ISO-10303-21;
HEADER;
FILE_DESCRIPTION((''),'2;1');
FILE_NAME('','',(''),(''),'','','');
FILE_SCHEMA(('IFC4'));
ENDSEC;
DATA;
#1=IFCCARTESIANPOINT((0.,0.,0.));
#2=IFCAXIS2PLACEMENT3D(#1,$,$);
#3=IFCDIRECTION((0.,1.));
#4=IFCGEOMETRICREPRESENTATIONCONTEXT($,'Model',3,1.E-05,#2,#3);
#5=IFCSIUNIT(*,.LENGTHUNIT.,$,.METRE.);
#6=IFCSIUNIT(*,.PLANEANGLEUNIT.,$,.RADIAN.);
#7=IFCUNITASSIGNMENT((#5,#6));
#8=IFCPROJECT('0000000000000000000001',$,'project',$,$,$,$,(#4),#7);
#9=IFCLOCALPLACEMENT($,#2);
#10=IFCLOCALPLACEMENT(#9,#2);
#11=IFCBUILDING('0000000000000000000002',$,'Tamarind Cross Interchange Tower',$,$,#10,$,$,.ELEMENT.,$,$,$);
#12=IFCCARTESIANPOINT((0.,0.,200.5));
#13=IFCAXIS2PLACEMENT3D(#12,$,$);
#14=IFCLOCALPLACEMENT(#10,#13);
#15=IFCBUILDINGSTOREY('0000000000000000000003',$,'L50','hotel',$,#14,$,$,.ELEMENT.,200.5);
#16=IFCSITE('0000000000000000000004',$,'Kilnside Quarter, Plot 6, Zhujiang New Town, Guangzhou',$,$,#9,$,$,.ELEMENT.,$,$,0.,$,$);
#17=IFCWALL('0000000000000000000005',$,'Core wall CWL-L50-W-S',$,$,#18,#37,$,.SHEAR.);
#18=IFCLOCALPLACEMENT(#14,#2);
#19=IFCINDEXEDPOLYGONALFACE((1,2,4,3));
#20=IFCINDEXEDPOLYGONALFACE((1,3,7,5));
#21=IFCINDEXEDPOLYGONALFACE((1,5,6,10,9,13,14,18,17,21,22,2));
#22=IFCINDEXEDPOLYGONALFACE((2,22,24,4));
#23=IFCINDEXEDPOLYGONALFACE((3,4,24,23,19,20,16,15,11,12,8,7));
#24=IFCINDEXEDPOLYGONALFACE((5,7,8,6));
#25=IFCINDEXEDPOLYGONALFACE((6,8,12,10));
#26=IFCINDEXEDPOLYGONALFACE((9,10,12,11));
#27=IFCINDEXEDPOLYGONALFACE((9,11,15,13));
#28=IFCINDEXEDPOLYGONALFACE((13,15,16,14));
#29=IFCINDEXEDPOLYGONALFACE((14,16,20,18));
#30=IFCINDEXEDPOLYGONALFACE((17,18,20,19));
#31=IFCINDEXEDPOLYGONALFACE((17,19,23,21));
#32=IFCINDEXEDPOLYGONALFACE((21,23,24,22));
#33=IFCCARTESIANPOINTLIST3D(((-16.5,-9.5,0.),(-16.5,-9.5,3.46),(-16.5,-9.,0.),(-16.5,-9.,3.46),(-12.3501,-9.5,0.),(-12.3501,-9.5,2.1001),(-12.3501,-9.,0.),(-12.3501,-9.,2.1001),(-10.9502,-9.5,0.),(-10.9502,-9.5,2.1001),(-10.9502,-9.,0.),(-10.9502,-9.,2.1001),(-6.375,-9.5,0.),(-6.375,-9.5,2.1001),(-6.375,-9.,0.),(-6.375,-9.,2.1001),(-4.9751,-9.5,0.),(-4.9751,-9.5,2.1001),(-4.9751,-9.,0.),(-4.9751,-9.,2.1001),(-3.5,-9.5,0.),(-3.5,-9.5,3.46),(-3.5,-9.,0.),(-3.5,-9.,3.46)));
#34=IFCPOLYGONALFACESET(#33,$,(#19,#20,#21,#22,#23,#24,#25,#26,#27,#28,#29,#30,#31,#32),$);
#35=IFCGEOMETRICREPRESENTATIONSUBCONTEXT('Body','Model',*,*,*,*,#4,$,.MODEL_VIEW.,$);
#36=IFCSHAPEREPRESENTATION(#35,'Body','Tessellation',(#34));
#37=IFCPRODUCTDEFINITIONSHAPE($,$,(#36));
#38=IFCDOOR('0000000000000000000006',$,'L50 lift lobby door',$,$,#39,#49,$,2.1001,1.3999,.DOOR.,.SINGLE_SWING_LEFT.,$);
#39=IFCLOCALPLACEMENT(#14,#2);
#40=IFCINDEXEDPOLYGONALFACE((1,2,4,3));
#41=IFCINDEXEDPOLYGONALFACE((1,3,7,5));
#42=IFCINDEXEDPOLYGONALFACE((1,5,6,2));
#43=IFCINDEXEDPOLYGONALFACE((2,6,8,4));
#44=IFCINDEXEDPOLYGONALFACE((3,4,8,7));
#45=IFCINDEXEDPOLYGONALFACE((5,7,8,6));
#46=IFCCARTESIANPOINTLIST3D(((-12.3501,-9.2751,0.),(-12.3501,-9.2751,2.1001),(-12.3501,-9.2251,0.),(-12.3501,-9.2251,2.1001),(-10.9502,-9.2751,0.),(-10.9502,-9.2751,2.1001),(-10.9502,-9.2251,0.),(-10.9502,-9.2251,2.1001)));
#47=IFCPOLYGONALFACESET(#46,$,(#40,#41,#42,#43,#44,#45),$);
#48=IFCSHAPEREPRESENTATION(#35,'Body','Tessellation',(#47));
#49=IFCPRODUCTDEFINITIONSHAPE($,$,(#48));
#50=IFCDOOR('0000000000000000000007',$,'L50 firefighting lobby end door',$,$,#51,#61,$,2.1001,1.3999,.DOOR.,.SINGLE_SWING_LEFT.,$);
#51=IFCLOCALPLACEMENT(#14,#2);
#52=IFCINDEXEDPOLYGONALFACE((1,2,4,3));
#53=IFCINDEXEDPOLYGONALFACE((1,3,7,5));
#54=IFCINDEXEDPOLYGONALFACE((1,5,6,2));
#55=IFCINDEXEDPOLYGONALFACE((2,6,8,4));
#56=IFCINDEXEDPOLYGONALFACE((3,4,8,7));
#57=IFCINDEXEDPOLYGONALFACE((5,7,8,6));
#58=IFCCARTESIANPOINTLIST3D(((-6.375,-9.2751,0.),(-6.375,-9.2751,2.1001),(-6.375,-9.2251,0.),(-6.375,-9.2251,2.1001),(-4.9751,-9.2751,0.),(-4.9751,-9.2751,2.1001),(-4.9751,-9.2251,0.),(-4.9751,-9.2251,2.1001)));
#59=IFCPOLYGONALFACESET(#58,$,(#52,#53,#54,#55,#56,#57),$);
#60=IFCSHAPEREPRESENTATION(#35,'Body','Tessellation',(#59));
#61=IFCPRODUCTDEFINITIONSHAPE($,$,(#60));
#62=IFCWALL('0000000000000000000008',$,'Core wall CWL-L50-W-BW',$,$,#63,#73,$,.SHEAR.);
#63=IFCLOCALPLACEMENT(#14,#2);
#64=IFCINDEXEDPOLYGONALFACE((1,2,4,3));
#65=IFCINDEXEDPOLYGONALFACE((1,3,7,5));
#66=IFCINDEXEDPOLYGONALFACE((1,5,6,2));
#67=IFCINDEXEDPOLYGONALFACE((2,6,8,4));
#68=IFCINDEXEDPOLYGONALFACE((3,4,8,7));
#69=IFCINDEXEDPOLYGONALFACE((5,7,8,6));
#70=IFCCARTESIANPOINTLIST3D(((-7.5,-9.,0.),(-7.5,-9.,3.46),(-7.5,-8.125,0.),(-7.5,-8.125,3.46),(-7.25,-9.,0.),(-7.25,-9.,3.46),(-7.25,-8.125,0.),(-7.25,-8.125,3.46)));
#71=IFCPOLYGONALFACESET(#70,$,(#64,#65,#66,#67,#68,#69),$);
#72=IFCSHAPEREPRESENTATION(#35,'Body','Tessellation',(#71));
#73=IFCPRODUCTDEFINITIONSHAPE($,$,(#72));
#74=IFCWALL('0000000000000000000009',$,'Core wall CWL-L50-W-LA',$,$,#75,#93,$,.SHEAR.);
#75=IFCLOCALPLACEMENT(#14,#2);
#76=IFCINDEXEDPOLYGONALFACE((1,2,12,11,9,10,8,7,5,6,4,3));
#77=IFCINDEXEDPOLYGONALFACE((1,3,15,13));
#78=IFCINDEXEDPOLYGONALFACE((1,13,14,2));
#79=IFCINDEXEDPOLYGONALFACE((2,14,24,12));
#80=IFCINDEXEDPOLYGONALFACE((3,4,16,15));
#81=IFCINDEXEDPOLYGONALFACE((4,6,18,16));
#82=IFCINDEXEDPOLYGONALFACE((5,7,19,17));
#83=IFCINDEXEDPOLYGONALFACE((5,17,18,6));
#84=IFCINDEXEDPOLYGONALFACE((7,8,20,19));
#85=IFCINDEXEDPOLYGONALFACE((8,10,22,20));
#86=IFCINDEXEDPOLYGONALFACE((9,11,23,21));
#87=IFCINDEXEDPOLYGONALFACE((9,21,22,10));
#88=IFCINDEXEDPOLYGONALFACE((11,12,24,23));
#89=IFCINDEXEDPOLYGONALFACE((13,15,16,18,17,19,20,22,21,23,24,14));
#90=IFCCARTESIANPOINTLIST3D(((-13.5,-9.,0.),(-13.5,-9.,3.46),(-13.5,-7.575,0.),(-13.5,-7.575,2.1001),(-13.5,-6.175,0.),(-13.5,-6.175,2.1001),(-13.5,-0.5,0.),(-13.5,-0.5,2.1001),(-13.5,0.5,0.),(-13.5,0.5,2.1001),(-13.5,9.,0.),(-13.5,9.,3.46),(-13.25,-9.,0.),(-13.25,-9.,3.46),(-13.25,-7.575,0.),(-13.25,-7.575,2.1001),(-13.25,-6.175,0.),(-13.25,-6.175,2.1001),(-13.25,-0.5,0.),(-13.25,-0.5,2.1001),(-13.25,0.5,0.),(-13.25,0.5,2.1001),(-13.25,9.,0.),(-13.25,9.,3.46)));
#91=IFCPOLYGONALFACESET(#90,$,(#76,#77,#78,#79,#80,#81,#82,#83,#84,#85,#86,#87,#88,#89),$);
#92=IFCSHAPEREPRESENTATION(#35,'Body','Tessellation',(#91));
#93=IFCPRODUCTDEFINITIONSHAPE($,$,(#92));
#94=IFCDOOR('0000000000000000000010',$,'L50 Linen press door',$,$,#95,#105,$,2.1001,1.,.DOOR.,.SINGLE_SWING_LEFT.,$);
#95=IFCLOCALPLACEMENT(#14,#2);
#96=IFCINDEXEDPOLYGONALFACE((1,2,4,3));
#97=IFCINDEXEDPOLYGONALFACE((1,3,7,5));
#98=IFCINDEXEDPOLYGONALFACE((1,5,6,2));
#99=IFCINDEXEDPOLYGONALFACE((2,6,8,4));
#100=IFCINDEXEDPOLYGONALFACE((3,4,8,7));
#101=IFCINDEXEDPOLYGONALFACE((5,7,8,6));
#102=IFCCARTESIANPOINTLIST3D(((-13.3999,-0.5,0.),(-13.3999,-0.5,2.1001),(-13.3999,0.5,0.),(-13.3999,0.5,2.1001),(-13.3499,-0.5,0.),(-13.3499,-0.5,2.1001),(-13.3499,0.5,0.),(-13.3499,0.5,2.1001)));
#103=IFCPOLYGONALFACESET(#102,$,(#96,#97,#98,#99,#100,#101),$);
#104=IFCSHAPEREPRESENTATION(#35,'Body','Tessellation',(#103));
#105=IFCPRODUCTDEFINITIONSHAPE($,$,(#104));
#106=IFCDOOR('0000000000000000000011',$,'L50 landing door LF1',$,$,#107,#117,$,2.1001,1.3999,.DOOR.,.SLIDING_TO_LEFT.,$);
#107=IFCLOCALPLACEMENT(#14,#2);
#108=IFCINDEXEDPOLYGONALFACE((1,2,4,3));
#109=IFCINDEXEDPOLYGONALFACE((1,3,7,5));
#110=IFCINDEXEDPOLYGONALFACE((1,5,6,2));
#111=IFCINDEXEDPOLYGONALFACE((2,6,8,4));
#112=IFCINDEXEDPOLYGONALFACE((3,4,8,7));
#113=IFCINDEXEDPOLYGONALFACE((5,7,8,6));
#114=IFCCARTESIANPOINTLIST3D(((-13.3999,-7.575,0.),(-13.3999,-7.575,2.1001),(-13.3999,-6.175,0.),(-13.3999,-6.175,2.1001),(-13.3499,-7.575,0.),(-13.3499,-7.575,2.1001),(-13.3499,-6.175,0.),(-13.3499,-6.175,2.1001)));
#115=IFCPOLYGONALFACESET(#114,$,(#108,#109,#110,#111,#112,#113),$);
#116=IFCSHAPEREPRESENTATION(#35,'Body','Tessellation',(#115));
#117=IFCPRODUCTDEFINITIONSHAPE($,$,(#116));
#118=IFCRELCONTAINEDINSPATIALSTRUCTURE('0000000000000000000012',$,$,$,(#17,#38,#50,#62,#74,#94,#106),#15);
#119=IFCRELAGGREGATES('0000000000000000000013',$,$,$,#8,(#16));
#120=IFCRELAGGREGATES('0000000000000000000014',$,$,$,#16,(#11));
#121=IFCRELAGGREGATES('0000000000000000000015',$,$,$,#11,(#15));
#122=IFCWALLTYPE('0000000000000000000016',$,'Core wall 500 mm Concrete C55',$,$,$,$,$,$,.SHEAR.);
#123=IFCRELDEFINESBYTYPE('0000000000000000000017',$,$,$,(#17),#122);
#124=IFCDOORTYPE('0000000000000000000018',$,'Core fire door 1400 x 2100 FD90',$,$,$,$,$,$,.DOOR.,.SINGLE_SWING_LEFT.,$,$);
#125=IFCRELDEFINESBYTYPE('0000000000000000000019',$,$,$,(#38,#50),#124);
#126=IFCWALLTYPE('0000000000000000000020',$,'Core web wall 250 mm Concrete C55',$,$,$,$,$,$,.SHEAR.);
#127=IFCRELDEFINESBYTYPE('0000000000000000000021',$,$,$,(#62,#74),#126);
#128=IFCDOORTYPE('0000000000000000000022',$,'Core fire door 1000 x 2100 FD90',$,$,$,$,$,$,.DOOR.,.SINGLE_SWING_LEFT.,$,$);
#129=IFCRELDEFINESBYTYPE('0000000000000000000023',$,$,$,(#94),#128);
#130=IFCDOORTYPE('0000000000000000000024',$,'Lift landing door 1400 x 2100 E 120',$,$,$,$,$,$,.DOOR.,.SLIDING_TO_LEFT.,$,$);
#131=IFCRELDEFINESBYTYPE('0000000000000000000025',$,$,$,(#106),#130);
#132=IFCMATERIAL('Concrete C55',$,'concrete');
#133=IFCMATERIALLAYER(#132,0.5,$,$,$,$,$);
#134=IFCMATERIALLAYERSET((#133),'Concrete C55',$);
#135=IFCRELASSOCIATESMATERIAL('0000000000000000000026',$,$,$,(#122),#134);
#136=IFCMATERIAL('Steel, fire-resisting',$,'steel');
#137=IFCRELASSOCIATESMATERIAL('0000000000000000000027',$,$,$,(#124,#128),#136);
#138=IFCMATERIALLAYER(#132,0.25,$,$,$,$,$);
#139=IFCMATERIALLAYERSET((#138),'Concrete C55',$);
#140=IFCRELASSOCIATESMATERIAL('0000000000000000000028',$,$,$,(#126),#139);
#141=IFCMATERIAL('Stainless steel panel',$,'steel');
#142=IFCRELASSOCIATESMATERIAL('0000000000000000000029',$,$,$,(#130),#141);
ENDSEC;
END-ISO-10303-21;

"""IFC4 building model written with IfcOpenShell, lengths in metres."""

from ifc_helpers import new_model, si_unit, direction, frame, frame_2d, origin, place, context, subcontext, project, spatial, rectangle, extrude, material, layer, layer_set, type_object, element, fill, save


model = new_model("IFC4")

# Units and contexts
model_context = context("Model", 3, precision=1e-05, world=origin(), true_north=direction((0.0, 1.0)))
body_context = subcontext(model_context, "Body", "Model", "MODEL_VIEW")
ifc_project = project(units=[si_unit("LENGTHUNIT", "METRE"), si_unit("PLANEANGLEUNIT", "RADIAN")], contexts=[model_context])

# Site, building, storey
site_placement = place(None, origin())
site = spatial("IfcSite", under=ifc_project, at=site_placement, Name="Kilnside Quarter, Plot 6, Zhujiang New Town, Guangzhou", CompositionType="ELEMENT", RefElevation=0.0)
building_placement = place(site_placement, origin())
building = spatial("IfcBuilding", under=site, at=building_placement, Name="Tamarind Cross Interchange Tower", CompositionType="ELEMENT")
storey_placement = place(building_placement, frame((0.0, 0.0, 200.5)))
storey = spatial("IfcBuildingStorey", under=building, at=storey_placement, Name="L50", Description="hotel", CompositionType="ELEMENT", Elevation=200.5)

# Wall, openings, doors
ifc_material_1 = material(Name="Concrete C55", Category="concrete")
ifc_layer_1 = layer(ifc_material_1, 0.5)
ifc_layer_set_1 = layer_set([ifc_layer_1], Name="Concrete C55")
wall_type_1 = type_object("IfcWallType", Name="Core wall 500 mm Concrete C55", PredefinedType="SHEAR", material=ifc_layer_set_1)
wall_1_placement = place(storey_placement, frame((-16.5, -9.25, 0.0), z_axis=(0.0, 0.0, 1.0), x_axis=(1.0, 0.0, 0.0)))
wall_1 = element("IfcWall", 1, at=wall_1_placement, inside=storey, type_object=wall_type_1, Name="Core wall CWL-L50-W-S", PredefinedType="SHEAR", context=body_context, shape_type="SweptSolid", body=[
    extrude(rectangle(XDim=13.0, YDim=0.5, at=frame_2d((6.5, 0.0))), origin(), (0.0, 0.0, 1.0), 3.46),
])
opening_1_placement = place(wall_1_placement, frame((4.1499, 0.0, 0.0)))
opening_1 = element("IfcOpeningElement", 2, at=opening_1_placement, cuts=wall_1, PredefinedType="OPENING", context=body_context, shape_type="SweptSolid", body=[
    extrude(rectangle(XDim=1.3999, YDim=2.1001, at=frame_2d((0.7, 1.05))), frame((0.0, 0.26, 0.0), z_axis=(0.0, -1.0, 0.0), x_axis=(1.0, 0.0, 0.0)), (0.0, 0.0, 1.0), 0.52),
])
opening_2_placement = place(wall_1_placement, frame((10.125, 0.0, 0.0)))
opening_2 = element("IfcOpeningElement", 3, at=opening_2_placement, cuts=wall_1, PredefinedType="OPENING", context=body_context, shape_type="SweptSolid", body=[
    extrude(rectangle(XDim=1.3999, YDim=2.1001, at=frame_2d((0.7, 1.05))), frame((0.0, 0.26, 0.0), z_axis=(0.0, -1.0, 0.0), x_axis=(1.0, 0.0, 0.0)), (0.0, 0.0, 1.0), 0.52),
])
ifc_material_2 = material(Name="Steel, fire-resisting", Category="steel")
door_type_1 = type_object("IfcDoorType", Name="Core fire door 1400 x 2100 FD90", OperationType="SINGLE_SWING_LEFT", PredefinedType="DOOR", material=ifc_material_2)
door_1_placement = place(opening_1_placement, origin())
door_1 = element("IfcDoor", 4, at=door_1_placement, inside=storey, type_object=door_type_1, Name="L50 lift lobby door", OperationType="SINGLE_SWING_LEFT", OverallHeight=2.1001, OverallWidth=1.3999, PredefinedType="DOOR", context=body_context, shape_type="SweptSolid", body=[
    extrude(rectangle(XDim=1.3999, YDim=2.1001, at=frame_2d((0.7, 1.05))), frame((0.0, 0.0249, 0.0), z_axis=(0.0, -1.0, 0.0), x_axis=(1.0, 0.0, 0.0)), (0.0, 0.0, 1.0), 0.05),
])
fill(opening_1, door_1)
door_2_placement = place(opening_2_placement, origin())
door_2 = element("IfcDoor", 5, at=door_2_placement, inside=storey, type_object=door_type_1, Name="L50 firefighting lobby end door", OperationType="SINGLE_SWING_LEFT", OverallHeight=2.1001, OverallWidth=1.3999, PredefinedType="DOOR", context=body_context, shape_type="SweptSolid", body=[
    extrude(rectangle(XDim=1.3999, YDim=2.1001, at=frame_2d((0.7, 1.05))), frame((0.0, 0.0249, 0.0), z_axis=(0.0, -1.0, 0.0), x_axis=(1.0, 0.0, 0.0)), (0.0, 0.0, 1.0), 0.05),
])
fill(opening_2, door_2)

# Wall
ifc_layer_2 = layer(ifc_material_1, 0.25)
ifc_layer_set_2 = layer_set([ifc_layer_2], Name="Concrete C55")
wall_type_2 = type_object("IfcWallType", Name="Core web wall 250 mm Concrete C55", PredefinedType="SHEAR", material=ifc_layer_set_2)
wall_2_placement = place(storey_placement, frame((-7.375, -9.0, 0.0), z_axis=(0.0, 0.0, 1.0), x_axis=(0.0, 1.0, 0.0)))
element("IfcWall", 6, at=wall_2_placement, inside=storey, type_object=wall_type_2, Name="Core wall CWL-L50-W-BW", PredefinedType="SHEAR", context=body_context, shape_type="SweptSolid", body=[
    extrude(rectangle(XDim=0.875, YDim=0.25, at=frame_2d((0.4375, 0.0))), origin(), (0.0, 0.0, 1.0), 3.46),
])

# Wall, openings, doors
wall_3_placement = place(storey_placement, frame((-13.375, -9.0, 0.0), z_axis=(0.0, 0.0, 1.0), x_axis=(0.0, 1.0, 0.0)))
wall_3 = element("IfcWall", 7, at=wall_3_placement, inside=storey, type_object=wall_type_2, Name="Core wall CWL-L50-W-LA", PredefinedType="SHEAR", context=body_context, shape_type="SweptSolid", body=[
    extrude(rectangle(XDim=18.0, YDim=0.25, at=frame_2d((9.0, 0.0))), origin(), (0.0, 0.0, 1.0), 3.46),
])
opening_3_placement = place(wall_3_placement, frame((1.425, 0.0, 0.0)))
opening_3 = element("IfcOpeningElement", 8, at=opening_3_placement, cuts=wall_3, PredefinedType="OPENING", context=body_context, shape_type="SweptSolid", body=[
    extrude(rectangle(XDim=1.3999, YDim=2.1001, at=frame_2d((0.7, 1.05))), frame((0.0, 0.135, 0.0), z_axis=(0.0, -1.0, 0.0), x_axis=(1.0, 0.0, 0.0)), (0.0, 0.0, 1.0), 0.27),
])
opening_4_placement = place(wall_3_placement, frame((8.5, 0.0, 0.0)))
opening_4 = element("IfcOpeningElement", 9, at=opening_4_placement, cuts=wall_3, PredefinedType="OPENING", context=body_context, shape_type="SweptSolid", body=[
    extrude(rectangle(XDim=1.0, YDim=2.1001, at=frame_2d((0.5, 1.05))), frame((0.0, 0.135, 0.0), z_axis=(0.0, -1.0, 0.0), x_axis=(1.0, 0.0, 0.0)), (0.0, 0.0, 1.0), 0.27),
])
door_type_2 = type_object("IfcDoorType", Name="Core fire door 1000 x 2100 FD90", OperationType="SINGLE_SWING_LEFT", PredefinedType="DOOR", material=ifc_material_2)
door_3_placement = place(opening_4_placement, origin())
door_3 = element("IfcDoor", 10, at=door_3_placement, inside=storey, type_object=door_type_2, Name="L50 Linen press door", OperationType="SINGLE_SWING_LEFT", OverallHeight=2.1001, OverallWidth=1.0, PredefinedType="DOOR", context=body_context, shape_type="SweptSolid", body=[
    extrude(rectangle(XDim=1.0, YDim=2.1001, at=frame_2d((0.5, 1.05))), frame((0.0, 0.0249, 0.0), z_axis=(0.0, -1.0, 0.0), x_axis=(1.0, 0.0, 0.0)), (0.0, 0.0, 1.0), 0.05),
])
fill(opening_4, door_3)
ifc_material_3 = material(Name="Stainless steel panel", Category="steel")
door_type_3 = type_object("IfcDoorType", Name="Lift landing door 1400 x 2100 E 120", OperationType="SLIDING_TO_LEFT", PredefinedType="DOOR", material=ifc_material_3)
door_4_placement = place(opening_3_placement, origin())
door_4 = element("IfcDoor", 11, at=door_4_placement, inside=storey, type_object=door_type_3, Name="L50 landing door LF1", OperationType="SLIDING_TO_LEFT", OverallHeight=2.1001, OverallWidth=1.3999, PredefinedType="DOOR", context=body_context, shape_type="SweptSolid", body=[
    extrude(rectangle(XDim=1.3999, YDim=2.1001, at=frame_2d((0.7, 1.05))), frame((0.0, 0.0249, 0.0), z_axis=(0.0, -1.0, 0.0), x_axis=(1.0, 0.0, 0.0)), (0.0, 0.0, 1.0), 0.05),
])
fill(opening_3, door_4)

save(model, "model.ifc")
